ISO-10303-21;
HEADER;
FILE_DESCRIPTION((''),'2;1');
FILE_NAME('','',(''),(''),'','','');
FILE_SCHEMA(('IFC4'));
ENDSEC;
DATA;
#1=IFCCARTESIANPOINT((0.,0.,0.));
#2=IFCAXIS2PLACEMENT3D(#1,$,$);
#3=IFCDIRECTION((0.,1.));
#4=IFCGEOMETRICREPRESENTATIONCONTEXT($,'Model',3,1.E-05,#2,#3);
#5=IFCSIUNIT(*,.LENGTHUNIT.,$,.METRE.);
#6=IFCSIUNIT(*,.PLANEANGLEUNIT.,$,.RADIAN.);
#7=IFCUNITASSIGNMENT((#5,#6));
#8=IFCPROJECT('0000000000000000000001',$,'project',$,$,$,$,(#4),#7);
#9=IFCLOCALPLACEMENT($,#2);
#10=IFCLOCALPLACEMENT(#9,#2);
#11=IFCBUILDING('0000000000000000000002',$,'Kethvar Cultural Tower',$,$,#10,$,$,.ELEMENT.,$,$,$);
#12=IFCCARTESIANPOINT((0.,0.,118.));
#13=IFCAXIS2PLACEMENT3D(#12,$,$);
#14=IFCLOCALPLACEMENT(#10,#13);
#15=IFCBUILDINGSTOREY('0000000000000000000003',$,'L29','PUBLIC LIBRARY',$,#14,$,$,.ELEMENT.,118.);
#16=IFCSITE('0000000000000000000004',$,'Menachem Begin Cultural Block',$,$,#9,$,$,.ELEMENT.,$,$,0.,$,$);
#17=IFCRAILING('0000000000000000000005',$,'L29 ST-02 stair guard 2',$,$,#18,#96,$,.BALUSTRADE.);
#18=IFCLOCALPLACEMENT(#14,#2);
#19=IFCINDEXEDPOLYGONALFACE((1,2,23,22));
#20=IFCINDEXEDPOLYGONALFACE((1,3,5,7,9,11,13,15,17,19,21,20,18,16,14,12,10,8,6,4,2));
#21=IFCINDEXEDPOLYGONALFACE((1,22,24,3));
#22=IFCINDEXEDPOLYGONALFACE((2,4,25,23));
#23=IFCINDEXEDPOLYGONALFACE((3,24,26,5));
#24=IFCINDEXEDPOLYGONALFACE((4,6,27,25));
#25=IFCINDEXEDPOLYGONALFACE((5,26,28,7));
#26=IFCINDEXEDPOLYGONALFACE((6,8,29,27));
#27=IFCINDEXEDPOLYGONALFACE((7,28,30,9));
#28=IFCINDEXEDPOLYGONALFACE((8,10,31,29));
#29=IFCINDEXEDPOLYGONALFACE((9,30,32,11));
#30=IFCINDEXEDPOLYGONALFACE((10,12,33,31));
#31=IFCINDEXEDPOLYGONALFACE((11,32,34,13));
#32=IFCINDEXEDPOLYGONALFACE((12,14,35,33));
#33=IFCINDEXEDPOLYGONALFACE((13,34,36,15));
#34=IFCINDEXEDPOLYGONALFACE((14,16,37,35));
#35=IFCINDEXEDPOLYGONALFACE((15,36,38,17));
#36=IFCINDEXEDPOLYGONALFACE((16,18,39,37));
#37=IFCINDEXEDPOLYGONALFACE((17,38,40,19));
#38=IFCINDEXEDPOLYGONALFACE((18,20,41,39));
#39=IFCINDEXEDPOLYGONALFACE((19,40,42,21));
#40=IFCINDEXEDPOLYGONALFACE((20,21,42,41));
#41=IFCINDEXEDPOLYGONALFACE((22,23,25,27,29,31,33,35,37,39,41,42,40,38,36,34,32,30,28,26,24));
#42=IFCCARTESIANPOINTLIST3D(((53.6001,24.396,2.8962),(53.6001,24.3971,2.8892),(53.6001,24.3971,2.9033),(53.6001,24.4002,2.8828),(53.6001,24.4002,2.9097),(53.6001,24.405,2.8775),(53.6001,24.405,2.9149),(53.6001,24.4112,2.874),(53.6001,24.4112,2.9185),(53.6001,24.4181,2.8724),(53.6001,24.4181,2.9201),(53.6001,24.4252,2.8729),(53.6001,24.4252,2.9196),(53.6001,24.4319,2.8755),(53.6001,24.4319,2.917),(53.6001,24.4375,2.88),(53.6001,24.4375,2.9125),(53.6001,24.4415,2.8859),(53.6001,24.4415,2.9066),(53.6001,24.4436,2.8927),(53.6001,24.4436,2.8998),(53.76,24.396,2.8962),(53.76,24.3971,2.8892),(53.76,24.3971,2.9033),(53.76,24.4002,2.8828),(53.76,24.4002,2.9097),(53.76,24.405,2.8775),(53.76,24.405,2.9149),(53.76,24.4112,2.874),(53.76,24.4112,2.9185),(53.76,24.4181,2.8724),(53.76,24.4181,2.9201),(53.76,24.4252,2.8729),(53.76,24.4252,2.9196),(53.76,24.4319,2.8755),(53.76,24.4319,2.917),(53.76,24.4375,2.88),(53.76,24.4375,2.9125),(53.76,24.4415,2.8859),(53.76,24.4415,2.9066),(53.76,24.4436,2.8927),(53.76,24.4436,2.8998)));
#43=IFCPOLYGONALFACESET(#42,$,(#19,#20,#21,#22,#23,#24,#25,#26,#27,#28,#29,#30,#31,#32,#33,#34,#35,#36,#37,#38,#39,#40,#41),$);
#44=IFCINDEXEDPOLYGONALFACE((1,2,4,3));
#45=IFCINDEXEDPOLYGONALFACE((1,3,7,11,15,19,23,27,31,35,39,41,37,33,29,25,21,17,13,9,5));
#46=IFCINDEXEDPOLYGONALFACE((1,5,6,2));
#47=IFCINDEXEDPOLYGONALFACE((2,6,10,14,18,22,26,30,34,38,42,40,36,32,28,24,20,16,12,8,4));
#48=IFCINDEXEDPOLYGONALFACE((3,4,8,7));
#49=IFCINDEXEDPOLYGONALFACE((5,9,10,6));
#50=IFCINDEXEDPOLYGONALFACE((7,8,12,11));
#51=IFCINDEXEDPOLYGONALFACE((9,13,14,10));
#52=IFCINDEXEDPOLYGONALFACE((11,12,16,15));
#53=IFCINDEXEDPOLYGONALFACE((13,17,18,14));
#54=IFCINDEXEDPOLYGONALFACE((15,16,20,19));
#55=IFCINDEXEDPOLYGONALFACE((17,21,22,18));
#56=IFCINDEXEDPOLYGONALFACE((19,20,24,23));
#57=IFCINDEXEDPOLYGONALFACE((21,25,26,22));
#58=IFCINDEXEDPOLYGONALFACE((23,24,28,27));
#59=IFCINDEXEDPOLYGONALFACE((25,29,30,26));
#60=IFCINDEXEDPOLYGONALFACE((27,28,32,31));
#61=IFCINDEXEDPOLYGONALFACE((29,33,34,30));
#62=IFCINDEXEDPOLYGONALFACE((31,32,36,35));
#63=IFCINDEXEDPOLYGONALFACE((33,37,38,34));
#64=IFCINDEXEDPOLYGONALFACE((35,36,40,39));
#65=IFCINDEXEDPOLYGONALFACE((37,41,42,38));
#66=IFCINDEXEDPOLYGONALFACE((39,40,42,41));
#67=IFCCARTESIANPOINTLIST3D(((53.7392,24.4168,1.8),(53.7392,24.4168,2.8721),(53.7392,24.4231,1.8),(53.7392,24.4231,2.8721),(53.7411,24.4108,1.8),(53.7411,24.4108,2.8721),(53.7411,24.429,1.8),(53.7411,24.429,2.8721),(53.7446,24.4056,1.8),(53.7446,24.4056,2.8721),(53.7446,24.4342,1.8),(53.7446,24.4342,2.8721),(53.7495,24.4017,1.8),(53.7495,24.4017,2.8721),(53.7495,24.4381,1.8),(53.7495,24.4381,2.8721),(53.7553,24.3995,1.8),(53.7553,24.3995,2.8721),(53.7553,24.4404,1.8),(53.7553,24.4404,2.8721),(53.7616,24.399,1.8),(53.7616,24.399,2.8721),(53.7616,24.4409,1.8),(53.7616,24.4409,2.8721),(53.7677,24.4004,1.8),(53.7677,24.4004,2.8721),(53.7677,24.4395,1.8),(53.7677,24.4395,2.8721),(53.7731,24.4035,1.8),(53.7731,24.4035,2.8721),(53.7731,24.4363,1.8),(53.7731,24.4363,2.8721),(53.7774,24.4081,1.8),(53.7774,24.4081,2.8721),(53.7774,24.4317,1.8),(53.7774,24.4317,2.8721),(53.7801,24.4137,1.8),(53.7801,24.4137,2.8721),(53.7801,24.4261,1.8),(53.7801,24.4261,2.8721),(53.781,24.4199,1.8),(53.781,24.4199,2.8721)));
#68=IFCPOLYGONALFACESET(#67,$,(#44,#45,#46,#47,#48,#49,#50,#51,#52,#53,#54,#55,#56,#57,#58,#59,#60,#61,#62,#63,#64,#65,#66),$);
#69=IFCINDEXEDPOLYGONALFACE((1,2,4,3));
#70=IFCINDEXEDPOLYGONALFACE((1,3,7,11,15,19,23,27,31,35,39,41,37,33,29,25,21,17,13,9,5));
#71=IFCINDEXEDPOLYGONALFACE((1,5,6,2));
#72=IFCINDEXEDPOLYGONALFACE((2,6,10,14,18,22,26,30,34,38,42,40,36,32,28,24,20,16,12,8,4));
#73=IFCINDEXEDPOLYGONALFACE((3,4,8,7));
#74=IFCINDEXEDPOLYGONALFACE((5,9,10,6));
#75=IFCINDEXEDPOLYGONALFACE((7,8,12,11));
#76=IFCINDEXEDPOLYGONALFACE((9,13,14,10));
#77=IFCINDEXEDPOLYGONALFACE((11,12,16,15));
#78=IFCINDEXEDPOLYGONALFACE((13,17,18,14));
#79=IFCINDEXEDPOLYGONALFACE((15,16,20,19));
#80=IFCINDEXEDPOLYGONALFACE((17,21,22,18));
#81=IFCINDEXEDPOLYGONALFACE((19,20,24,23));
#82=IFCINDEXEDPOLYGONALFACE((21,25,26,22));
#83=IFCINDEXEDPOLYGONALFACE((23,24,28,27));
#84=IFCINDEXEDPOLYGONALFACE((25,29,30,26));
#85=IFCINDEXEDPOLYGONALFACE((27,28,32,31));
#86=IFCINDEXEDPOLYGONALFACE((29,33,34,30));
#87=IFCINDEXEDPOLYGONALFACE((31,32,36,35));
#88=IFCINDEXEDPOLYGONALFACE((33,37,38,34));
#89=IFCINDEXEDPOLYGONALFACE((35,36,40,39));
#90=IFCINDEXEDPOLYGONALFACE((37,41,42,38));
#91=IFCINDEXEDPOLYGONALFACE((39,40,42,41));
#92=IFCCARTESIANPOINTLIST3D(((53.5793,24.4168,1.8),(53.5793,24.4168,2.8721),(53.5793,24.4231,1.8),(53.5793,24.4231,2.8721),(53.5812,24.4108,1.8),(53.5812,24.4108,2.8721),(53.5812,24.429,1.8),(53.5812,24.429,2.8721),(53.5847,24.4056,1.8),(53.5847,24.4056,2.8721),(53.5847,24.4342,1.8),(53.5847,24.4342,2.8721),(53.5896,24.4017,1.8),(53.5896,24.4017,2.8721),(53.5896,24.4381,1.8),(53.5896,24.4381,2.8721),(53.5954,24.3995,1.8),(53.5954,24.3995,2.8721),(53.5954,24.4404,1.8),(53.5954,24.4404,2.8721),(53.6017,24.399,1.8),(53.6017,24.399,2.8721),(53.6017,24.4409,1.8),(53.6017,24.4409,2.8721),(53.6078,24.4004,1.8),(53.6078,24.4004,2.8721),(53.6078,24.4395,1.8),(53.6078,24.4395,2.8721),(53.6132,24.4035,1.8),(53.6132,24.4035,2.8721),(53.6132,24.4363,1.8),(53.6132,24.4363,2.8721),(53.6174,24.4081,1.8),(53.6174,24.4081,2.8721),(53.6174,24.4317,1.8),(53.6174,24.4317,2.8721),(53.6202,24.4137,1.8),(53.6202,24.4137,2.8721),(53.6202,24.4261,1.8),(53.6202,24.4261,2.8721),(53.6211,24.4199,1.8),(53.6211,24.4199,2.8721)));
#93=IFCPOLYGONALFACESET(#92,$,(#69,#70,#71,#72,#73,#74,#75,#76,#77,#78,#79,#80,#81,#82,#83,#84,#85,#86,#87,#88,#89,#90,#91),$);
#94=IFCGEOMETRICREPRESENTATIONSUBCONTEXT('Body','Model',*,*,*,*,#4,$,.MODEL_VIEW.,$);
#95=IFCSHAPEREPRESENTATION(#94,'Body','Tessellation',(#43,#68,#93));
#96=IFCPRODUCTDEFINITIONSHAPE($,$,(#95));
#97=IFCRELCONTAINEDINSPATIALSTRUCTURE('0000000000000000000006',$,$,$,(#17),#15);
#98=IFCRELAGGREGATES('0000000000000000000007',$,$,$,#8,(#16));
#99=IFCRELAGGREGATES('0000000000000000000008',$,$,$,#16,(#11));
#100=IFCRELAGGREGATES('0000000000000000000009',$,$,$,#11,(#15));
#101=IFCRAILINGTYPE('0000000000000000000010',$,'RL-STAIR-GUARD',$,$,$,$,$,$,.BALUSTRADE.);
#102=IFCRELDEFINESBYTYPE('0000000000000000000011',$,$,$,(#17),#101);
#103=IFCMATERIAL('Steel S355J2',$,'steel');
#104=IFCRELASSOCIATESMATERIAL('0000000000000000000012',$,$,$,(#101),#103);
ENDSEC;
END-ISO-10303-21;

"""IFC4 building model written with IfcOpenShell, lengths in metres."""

from ifc_helpers import new_model, si_unit, direction, frame, origin, origin_2d, place, context, subcontext, project, spatial, circle, extrude, material, type_object, element, save


model = new_model("IFC4")

# Units and contexts
model_context = context("Model", 3, precision=1e-05, world=origin(), true_north=direction((0.0, 1.0)))
body_context = subcontext(model_context, "Body", "Model", "MODEL_VIEW")
ifc_project = project(units=[si_unit("LENGTHUNIT", "METRE"), si_unit("PLANEANGLEUNIT", "RADIAN")], contexts=[model_context])

# Site, building, storey
site_placement = place(None, origin())
site = spatial("IfcSite", under=ifc_project, at=site_placement, Name="Menachem Begin Cultural Block", CompositionType="ELEMENT", RefElevation=0.0)
building_placement = place(site_placement, origin())
building = spatial("IfcBuilding", under=site, at=building_placement, Name="Kethvar Cultural Tower", CompositionType="ELEMENT")
storey_placement = place(building_placement, frame((0.0, 0.0, 118.0)))
storey = spatial("IfcBuildingStorey", under=building, at=storey_placement, Name="L29", Description="PUBLIC LIBRARY", CompositionType="ELEMENT", Elevation=118.0)

# Shared definitions
ifc_material_1 = material(Name="Steel S355J2", Category="steel")

# Railing
railing_type_1 = type_object("IfcRailingType", Name="RL-STAIR-GUARD", PredefinedType="BALUSTRADE", material=ifc_material_1)
railing_1_placement = place(storey_placement, frame((53.76, 24.4199, 1.8)))
element("IfcRailing", 1, at=railing_1_placement, inside=storey, type_object=railing_type_1, Name="L29 ST-02 stair guard 2", PredefinedType="BALUSTRADE", context=body_context, shape_type="SweptSolid", body=[
    extrude(circle(Radius=0.0239, at=origin_2d()), frame((0.0, 0.0, 1.0962), z_axis=(-1.0, 0.0, 0.0), x_axis=(0.0, -1.0, 0.0)), (0.0, 0.0, 1.0), 0.1599),
    extrude(circle(Radius=0.021, at=origin_2d()), origin(), (0.0, 0.0, 1.0), 1.072),
    extrude(circle(Radius=0.021, at=origin_2d()), frame((-0.1599, 0.0, 0.0)), (0.0, 0.0, 1.0), 1.072),
])

save(model, "model.ifc")
